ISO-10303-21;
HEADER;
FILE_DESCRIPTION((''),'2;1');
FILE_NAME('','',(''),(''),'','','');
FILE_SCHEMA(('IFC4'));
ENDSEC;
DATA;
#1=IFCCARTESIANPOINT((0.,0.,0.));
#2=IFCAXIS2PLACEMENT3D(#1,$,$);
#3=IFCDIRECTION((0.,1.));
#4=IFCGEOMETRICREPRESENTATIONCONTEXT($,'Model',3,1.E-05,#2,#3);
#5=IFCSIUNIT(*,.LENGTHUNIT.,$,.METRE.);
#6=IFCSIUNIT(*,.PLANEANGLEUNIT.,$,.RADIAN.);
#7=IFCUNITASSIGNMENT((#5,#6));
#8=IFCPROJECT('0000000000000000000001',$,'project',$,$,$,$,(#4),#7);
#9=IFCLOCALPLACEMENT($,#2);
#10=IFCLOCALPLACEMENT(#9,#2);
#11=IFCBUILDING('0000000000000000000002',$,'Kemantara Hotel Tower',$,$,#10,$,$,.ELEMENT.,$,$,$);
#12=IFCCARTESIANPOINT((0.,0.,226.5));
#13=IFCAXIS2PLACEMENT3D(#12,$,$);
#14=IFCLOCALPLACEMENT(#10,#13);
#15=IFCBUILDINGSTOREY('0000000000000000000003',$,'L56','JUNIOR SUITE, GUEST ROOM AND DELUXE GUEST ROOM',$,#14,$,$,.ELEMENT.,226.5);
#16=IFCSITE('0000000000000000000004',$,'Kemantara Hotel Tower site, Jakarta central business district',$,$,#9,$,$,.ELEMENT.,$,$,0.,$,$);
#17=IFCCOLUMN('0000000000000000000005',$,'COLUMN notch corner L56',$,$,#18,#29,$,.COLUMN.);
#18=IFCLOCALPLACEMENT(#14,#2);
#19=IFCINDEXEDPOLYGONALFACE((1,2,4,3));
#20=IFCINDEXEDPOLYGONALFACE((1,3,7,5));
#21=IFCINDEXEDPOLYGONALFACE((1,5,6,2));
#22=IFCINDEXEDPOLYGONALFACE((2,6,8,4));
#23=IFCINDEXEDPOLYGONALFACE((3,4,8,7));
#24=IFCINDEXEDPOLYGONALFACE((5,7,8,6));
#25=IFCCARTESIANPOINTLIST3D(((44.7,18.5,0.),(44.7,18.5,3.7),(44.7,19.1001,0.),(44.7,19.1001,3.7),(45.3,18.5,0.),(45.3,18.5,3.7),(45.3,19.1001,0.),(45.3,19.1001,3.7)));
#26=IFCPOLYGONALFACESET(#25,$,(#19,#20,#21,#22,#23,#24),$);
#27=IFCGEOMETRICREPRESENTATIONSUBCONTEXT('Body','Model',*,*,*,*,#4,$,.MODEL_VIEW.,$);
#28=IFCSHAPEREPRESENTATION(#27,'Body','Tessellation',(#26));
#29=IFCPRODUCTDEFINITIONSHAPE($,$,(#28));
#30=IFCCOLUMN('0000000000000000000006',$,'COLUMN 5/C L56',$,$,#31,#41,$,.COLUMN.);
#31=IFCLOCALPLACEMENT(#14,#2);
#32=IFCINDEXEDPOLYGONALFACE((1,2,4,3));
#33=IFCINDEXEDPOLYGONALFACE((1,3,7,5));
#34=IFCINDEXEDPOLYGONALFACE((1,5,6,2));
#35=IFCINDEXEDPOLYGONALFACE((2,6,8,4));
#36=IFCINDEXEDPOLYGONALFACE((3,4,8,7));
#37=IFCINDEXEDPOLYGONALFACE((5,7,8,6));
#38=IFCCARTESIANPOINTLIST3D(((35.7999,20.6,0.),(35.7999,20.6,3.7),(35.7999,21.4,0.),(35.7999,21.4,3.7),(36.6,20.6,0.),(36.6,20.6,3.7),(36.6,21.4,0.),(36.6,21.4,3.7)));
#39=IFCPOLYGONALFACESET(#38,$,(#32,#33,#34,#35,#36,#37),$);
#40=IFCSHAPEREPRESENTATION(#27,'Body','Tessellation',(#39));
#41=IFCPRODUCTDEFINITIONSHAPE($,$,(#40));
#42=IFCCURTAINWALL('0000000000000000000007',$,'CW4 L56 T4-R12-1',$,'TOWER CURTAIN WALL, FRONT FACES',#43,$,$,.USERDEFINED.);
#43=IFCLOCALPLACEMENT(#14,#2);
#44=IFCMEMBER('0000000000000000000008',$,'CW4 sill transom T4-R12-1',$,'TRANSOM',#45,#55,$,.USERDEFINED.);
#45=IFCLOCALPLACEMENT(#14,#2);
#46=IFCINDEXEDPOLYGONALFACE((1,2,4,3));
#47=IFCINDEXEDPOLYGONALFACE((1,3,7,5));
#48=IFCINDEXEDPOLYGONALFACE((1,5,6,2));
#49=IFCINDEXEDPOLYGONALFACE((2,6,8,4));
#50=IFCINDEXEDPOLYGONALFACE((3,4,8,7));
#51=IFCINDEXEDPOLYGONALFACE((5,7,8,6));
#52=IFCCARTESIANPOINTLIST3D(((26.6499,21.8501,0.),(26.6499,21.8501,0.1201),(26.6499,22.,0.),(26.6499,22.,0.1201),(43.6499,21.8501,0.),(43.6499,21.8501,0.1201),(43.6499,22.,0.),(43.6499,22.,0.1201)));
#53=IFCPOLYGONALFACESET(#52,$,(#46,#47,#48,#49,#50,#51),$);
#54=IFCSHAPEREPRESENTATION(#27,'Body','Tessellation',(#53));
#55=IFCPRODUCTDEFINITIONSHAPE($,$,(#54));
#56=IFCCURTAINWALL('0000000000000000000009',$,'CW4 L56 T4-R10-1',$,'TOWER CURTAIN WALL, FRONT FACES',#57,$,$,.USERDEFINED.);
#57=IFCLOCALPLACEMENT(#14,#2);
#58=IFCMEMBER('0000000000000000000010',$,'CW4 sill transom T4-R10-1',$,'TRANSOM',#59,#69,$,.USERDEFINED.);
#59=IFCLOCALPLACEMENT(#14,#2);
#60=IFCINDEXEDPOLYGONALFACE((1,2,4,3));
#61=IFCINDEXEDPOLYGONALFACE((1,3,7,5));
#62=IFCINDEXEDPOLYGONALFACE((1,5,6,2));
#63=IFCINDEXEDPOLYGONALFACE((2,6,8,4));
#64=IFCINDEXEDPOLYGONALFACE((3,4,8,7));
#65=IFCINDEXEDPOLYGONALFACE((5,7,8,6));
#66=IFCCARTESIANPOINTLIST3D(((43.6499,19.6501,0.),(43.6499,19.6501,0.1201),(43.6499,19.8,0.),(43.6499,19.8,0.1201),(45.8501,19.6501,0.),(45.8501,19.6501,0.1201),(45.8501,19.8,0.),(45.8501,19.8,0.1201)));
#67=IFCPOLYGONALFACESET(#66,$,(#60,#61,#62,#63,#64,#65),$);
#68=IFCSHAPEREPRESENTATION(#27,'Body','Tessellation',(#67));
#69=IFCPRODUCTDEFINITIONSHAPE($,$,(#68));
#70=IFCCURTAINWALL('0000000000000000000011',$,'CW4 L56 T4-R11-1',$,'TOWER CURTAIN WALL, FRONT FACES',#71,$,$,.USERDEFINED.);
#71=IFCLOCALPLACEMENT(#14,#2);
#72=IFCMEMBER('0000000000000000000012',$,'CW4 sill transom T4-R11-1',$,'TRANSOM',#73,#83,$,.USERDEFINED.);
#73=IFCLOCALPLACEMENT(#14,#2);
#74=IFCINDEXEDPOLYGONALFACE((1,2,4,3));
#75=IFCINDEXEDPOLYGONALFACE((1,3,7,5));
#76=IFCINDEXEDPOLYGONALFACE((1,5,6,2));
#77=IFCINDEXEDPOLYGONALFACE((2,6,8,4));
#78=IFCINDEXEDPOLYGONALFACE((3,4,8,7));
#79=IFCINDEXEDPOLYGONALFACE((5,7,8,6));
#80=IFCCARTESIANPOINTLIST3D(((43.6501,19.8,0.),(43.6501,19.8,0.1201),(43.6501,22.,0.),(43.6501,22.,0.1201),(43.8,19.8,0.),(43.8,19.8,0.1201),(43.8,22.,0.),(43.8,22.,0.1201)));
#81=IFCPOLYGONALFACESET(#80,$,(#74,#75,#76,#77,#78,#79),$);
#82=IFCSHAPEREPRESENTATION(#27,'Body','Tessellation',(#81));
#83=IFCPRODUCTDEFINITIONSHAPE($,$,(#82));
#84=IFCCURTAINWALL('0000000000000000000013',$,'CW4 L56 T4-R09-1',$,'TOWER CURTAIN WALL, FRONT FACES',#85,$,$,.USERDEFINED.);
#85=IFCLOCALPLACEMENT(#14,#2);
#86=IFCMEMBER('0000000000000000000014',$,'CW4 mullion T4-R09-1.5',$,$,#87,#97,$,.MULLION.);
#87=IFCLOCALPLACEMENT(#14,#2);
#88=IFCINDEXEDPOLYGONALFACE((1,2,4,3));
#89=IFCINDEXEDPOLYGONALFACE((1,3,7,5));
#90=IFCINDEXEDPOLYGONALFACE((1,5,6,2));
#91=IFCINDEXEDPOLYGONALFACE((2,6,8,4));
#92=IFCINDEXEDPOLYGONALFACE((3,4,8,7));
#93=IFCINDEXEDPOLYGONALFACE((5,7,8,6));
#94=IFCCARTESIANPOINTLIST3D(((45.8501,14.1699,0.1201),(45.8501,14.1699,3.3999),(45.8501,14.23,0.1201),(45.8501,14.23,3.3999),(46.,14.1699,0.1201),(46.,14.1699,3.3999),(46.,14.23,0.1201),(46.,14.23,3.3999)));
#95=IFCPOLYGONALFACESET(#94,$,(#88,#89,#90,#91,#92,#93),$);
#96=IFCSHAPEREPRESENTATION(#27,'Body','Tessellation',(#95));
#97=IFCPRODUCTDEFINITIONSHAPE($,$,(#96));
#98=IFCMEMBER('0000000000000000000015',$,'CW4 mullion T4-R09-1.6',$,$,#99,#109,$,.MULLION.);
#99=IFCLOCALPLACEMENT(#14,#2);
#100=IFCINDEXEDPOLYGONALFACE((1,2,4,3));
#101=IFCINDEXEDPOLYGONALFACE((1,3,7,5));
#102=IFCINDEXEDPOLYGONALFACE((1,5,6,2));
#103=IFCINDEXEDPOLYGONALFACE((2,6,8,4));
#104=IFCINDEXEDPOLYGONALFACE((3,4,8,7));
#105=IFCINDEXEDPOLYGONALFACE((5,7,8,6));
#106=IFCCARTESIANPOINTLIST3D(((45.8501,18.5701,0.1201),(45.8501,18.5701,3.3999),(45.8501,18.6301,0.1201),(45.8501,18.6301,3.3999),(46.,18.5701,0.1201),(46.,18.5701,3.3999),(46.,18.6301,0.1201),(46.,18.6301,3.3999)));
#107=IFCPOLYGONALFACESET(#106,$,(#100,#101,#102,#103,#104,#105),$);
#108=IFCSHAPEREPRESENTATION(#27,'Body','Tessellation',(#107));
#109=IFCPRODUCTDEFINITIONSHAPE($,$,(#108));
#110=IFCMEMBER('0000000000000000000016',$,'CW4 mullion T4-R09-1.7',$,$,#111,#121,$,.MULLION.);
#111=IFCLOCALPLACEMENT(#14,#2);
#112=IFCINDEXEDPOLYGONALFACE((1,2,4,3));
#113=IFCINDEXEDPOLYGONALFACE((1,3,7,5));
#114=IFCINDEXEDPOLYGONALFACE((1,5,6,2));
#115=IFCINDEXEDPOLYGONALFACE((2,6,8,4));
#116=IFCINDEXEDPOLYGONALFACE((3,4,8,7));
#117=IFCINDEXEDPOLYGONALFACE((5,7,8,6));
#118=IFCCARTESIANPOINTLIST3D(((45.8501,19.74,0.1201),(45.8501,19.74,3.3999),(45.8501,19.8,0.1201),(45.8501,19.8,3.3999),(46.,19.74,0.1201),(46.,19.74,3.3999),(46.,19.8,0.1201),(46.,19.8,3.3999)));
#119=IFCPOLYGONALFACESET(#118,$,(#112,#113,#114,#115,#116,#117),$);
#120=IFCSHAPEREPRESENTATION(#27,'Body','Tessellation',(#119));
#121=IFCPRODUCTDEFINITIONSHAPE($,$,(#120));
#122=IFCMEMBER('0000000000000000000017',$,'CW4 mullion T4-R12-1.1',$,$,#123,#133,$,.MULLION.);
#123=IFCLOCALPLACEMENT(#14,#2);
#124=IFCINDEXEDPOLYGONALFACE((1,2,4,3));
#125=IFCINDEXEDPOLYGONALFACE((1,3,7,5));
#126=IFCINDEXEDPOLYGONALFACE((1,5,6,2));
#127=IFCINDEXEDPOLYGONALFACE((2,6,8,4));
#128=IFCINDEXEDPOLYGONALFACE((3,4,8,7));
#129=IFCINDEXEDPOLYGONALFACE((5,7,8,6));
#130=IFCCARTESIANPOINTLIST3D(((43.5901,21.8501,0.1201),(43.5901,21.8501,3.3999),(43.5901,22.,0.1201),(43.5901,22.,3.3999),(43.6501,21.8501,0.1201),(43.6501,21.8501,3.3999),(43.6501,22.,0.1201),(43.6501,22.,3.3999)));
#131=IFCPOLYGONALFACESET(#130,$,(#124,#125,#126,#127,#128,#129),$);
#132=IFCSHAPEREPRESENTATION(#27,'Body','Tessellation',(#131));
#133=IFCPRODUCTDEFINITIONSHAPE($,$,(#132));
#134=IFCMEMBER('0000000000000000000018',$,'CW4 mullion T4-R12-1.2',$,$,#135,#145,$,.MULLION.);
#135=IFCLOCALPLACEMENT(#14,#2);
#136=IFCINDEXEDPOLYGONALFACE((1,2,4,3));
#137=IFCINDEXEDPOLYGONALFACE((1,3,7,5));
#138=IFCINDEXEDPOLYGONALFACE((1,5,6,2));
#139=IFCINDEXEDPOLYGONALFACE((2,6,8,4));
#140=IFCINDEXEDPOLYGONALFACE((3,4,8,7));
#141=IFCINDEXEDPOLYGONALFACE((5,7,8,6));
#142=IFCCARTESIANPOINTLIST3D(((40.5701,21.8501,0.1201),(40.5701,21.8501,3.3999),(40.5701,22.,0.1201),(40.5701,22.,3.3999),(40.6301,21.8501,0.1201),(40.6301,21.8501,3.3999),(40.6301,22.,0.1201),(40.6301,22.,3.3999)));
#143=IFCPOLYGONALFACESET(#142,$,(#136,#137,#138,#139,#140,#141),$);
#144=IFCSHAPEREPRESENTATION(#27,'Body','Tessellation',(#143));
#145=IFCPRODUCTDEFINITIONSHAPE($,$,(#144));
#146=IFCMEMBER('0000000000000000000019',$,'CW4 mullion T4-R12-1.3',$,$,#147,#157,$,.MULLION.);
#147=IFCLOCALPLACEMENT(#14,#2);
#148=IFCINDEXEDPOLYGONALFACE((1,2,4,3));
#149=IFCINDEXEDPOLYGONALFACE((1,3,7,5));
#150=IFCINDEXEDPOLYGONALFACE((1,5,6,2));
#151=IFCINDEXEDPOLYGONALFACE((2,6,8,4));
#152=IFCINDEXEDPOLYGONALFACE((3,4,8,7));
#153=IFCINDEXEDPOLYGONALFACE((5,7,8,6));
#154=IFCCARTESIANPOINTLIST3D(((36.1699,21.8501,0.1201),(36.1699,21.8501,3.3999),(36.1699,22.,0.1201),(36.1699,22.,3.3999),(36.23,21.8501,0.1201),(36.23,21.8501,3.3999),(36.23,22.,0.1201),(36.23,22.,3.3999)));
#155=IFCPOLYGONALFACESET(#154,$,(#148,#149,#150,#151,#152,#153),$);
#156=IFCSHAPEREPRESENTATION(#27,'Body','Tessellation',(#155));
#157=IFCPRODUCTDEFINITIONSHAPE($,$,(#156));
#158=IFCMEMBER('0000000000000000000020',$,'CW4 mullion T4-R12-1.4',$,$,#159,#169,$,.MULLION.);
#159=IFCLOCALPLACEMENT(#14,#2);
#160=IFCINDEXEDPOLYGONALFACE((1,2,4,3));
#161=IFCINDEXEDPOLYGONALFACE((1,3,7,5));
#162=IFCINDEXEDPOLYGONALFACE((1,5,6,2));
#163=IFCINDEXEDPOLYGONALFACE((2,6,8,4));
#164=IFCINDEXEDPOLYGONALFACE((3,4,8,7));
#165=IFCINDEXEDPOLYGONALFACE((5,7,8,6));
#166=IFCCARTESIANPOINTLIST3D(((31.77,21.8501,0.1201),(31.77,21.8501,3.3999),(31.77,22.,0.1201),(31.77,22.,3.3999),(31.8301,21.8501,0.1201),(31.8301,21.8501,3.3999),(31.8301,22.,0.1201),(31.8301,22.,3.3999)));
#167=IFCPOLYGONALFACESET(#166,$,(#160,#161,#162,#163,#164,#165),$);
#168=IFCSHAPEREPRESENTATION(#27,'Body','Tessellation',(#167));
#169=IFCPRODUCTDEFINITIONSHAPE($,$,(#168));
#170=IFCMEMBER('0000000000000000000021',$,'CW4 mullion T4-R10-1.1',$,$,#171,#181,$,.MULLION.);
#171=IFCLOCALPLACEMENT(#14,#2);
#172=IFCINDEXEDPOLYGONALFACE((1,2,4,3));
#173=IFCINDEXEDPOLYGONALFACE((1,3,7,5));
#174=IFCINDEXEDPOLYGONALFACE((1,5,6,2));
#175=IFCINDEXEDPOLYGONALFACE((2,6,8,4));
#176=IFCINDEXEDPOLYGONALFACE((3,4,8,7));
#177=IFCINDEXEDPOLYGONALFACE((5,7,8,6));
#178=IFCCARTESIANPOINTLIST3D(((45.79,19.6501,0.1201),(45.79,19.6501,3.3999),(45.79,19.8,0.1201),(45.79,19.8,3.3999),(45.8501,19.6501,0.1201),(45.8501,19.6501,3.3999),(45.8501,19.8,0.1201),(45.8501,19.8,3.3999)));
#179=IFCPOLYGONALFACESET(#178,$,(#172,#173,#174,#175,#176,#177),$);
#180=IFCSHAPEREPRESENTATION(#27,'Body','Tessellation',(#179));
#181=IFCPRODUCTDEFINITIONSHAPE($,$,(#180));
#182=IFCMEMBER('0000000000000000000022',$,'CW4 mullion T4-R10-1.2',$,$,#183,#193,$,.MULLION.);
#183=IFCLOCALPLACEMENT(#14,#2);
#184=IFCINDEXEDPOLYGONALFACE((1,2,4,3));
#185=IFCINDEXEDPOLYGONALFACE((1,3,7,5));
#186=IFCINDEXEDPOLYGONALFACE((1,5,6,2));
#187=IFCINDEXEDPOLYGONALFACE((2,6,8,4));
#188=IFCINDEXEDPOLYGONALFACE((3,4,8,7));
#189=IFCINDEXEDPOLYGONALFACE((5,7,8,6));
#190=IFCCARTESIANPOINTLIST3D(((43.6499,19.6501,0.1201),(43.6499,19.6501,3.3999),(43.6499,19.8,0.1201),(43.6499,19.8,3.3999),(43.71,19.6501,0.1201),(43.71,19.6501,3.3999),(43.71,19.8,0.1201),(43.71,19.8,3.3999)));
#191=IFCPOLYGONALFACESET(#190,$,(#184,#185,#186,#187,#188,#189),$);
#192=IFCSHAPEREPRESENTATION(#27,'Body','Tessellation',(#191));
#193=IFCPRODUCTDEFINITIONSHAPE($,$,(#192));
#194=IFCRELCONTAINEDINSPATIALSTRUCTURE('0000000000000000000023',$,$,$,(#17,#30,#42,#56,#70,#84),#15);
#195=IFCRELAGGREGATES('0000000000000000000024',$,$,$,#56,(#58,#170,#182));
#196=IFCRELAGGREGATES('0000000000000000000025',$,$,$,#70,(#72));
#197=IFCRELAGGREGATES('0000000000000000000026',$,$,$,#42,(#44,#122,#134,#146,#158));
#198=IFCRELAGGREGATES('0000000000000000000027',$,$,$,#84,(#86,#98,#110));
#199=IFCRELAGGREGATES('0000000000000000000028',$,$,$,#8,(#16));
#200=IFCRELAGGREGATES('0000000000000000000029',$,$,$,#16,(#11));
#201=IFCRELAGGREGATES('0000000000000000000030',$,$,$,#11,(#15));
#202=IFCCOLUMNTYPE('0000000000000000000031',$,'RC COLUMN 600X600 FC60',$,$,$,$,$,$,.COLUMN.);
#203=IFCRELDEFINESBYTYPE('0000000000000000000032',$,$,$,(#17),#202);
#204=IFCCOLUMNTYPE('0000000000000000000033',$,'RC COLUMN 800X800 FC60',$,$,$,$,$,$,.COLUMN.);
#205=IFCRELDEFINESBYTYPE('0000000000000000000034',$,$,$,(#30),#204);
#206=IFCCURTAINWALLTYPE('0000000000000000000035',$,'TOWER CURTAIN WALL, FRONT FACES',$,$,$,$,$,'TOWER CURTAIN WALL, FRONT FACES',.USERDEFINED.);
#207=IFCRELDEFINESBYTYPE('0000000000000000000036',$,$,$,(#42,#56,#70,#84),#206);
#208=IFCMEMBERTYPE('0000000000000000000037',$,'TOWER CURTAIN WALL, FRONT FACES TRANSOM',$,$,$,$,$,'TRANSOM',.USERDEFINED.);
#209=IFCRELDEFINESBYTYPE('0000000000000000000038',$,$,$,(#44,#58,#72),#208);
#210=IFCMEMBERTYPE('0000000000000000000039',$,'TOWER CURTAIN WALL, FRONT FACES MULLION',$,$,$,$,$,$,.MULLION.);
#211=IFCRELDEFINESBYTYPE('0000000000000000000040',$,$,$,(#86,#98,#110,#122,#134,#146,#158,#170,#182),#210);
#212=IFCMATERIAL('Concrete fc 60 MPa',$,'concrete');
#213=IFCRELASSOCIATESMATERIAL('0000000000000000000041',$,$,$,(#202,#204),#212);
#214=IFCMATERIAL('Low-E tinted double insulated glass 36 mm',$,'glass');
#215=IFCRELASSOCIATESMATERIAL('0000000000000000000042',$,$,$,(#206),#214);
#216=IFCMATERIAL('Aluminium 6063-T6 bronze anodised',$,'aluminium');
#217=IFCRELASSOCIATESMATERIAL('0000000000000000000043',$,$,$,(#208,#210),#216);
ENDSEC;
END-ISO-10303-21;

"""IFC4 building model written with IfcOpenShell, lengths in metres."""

from ifc_helpers import new_model, si_unit, direction, frame, origin, origin_2d, place, context, subcontext, project, spatial, rectangle, extrude, source, transform, mapped, material, material_profile, profile_set, type_object, element, aggregate, save


model = new_model("IFC4")

# Units and contexts
model_context = context("Model", 3, precision=1e-05, world=origin(), true_north=direction((0.0, 1.0)))
body_context = subcontext(model_context, "Body", "Model", "MODEL_VIEW")
ifc_project = project(units=[si_unit("LENGTHUNIT", "METRE"), si_unit("PLANEANGLEUNIT", "RADIAN")], contexts=[model_context])

# Site, building, storey
site_placement = place(None, origin())
site = spatial("IfcSite", under=ifc_project, at=site_placement, Name="Kemantara Hotel Tower site, Jakarta central business district", CompositionType="ELEMENT", RefElevation=0.0)
building_placement = place(site_placement, origin())
building = spatial("IfcBuilding", under=site, at=building_placement, Name="Kemantara Hotel Tower", CompositionType="ELEMENT")
storey_placement = place(building_placement, frame((0.0, 0.0, 226.5)))
storey = spatial("IfcBuildingStorey", under=building, at=storey_placement, Name="L56", Description="JUNIOR SUITE, GUEST ROOM AND DELUXE GUEST ROOM", CompositionType="ELEMENT", Elevation=226.5)

# Columns
ifc_material_1 = material(Name="Concrete fc 60 MPa", Category="concrete")
ifc_material_profile_1 = material_profile(ifc_material_1, rectangle(XDim=0.6001, YDim=0.6001, at=origin_2d()), Name="RC 600X600")
ifc_profile_set_1 = profile_set([ifc_material_profile_1], Name="Concrete fc 60 MPa")
column_type_1 = type_object("IfcColumnType", Name="RC COLUMN 600X600 FC60", PredefinedType="COLUMN", material=ifc_profile_set_1)
column_1_placement = place(storey_placement, frame((45.0, 18.8, 0.0), z_axis=(0.0, 0.0, 1.0), x_axis=(1.0, 0.0, 0.0)))
element("IfcColumn", 1, at=column_1_placement, inside=storey, type_object=column_type_1, Name="COLUMN notch corner L56", PredefinedType="COLUMN", context=body_context, shape_type="SweptSolid", body=[
    extrude(rectangle(XDim=0.6001, YDim=0.6001, at=origin_2d()), origin(), (0.0, 0.0, 1.0), 3.7),
])
ifc_material_profile_2 = material_profile(ifc_material_1, rectangle(XDim=0.8, YDim=0.8, at=origin_2d()), Name="RC 800X800")
ifc_profile_set_2 = profile_set([ifc_material_profile_2], Name="Concrete fc 60 MPa")
column_type_2 = type_object("IfcColumnType", Name="RC COLUMN 800X800 FC60", PredefinedType="COLUMN", material=ifc_profile_set_2)
column_2_placement = place(storey_placement, frame((36.2, 21.0, 0.0), z_axis=(0.0, 0.0, 1.0), x_axis=(1.0, 0.0, 0.0)))
element("IfcColumn", 2, at=column_2_placement, inside=storey, type_object=column_type_2, Name="COLUMN 5/C L56", PredefinedType="COLUMN", context=body_context, shape_type="SweptSolid", body=[
    extrude(rectangle(XDim=0.8, YDim=0.8, at=origin_2d()), origin(), (0.0, 0.0, 1.0), 3.7),
])

# Curtain walls, members
ifc_material_2 = material(Name="Low-E tinted double insulated glass 36 mm", Category="glass")
curtain_wall_type = type_object("IfcCurtainWallType", Name="TOWER CURTAIN WALL, FRONT FACES", ElementType="TOWER CURTAIN WALL, FRONT FACES", PredefinedType="USERDEFINED", material=ifc_material_2)
curtain_wall_1_placement = place(storey_placement, origin())
curtain_wall_1 = element("IfcCurtainWall", 3, at=curtain_wall_1_placement, inside=storey, type_object=curtain_wall_type, Name="CW4 L56 T4-R12-1", ObjectType="TOWER CURTAIN WALL, FRONT FACES", PredefinedType="USERDEFINED")
ifc_material_3 = material(Name="Aluminium 6063-T6 bronze anodised", Category="aluminium")
ifc_material_profile_3 = material_profile(ifc_material_3, rectangle(XDim=0.1499, YDim=0.1201, at=origin_2d()), Name="TOWER CURTAIN WALL, FRONT FACES TRANSOM")
ifc_profile_set_3 = profile_set([ifc_material_profile_3], Name="Aluminium 6063-T6 bronze anodised")
member_type_1 = type_object("IfcMemberType", Name="TOWER CURTAIN WALL, FRONT FACES TRANSOM", ElementType="TRANSOM", PredefinedType="USERDEFINED", material=ifc_profile_set_3)
member_1_placement = place(storey_placement, frame((43.6499, 21.925, 0.0601), z_axis=(-1.0, 0.0, 0.0), x_axis=(0.0, -1.0, 0.0)))
member_1 = element("IfcMember", 4, at=member_1_placement, type_object=member_type_1, Name="CW4 sill transom T4-R12-1", ObjectType="TRANSOM", PredefinedType="USERDEFINED", context=body_context, shape_type="SweptSolid", body=[
    extrude(rectangle(XDim=0.1499, YDim=0.1201, at=origin_2d()), origin(), (0.0, 0.0, 1.0), 17.0),
])
curtain_wall_2_placement = place(storey_placement, origin())
curtain_wall_2 = element("IfcCurtainWall", 5, at=curtain_wall_2_placement, inside=storey, type_object=curtain_wall_type, Name="CW4 L56 T4-R10-1", ObjectType="TOWER CURTAIN WALL, FRONT FACES", PredefinedType="USERDEFINED")
member_2_placement = place(storey_placement, frame((45.8501, 19.7251, 0.0601), z_axis=(-1.0, 0.0, 0.0), x_axis=(0.0, -1.0, 0.0)))
member_2 = element("IfcMember", 6, at=member_2_placement, type_object=member_type_1, Name="CW4 sill transom T4-R10-1", ObjectType="TRANSOM", PredefinedType="USERDEFINED", context=body_context, shape_type="SweptSolid", body=[
    extrude(rectangle(XDim=0.1499, YDim=0.1201, at=origin_2d()), origin(), (0.0, 0.0, 1.0), 2.2002),
])
curtain_wall_3_placement = place(storey_placement, origin())
curtain_wall_3 = element("IfcCurtainWall", 7, at=curtain_wall_3_placement, inside=storey, type_object=curtain_wall_type, Name="CW4 L56 T4-R11-1", ObjectType="TOWER CURTAIN WALL, FRONT FACES", PredefinedType="USERDEFINED")
member_3_placement = place(storey_placement, frame((43.7251, 19.8, 0.0601), z_axis=(0.0, 1.0, 0.0), x_axis=(-1.0, 0.0, 0.0)))
member_3 = element("IfcMember", 8, at=member_3_placement, type_object=member_type_1, Name="CW4 sill transom T4-R11-1", ObjectType="TRANSOM", PredefinedType="USERDEFINED", context=body_context, shape_type="SweptSolid", body=[
    extrude(rectangle(XDim=0.1499, YDim=0.1201, at=origin_2d()), origin(), (0.0, 0.0, 1.0), 2.2),
])

# Curtain wall, members
curtain_wall_4_placement = place(storey_placement, origin())
curtain_wall_4 = element("IfcCurtainWall", 9, at=curtain_wall_4_placement, inside=storey, type_object=curtain_wall_type, Name="CW4 L56 T4-R09-1", ObjectType="TOWER CURTAIN WALL, FRONT FACES", PredefinedType="USERDEFINED")
ifc_material_profile_4 = material_profile(ifc_material_3, rectangle(XDim=0.1499, YDim=0.0601, at=origin_2d()), Name="TOWER CURTAIN WALL, FRONT FACES MULLION")
ifc_profile_set_4 = profile_set([ifc_material_profile_4], Name="Aluminium 6063-T6 bronze anodised")
member_type_2 = type_object("IfcMemberType", Name="TOWER CURTAIN WALL, FRONT FACES MULLION", PredefinedType="MULLION", material=ifc_profile_set_4)
shared_shape_1 = source(origin(), body_context, "Body", "SweptSolid", [
    extrude(rectangle(XDim=0.1499, YDim=0.0601, at=origin_2d()), origin(), (0.0, 0.0, 1.0), 3.2798),
])
member_4_placement = place(storey_placement, frame((45.925, 14.2, 0.1201), z_axis=(0.0, 0.0, 1.0), x_axis=(-1.0, 0.0, 0.0)))
member_4 = element("IfcMember", 10, at=member_4_placement, type_object=member_type_2, Name="CW4 mullion T4-R09-1.5", PredefinedType="MULLION", context=body_context, shape_type="MappedRepresentation", body=[
    mapped(shared_shape_1, transform((0.0, 0.0, 0.0))),
])
member_5_placement = place(storey_placement, frame((45.925, 18.6001, 0.1201), z_axis=(0.0, 0.0, 1.0), x_axis=(-1.0, 0.0, 0.0)))
member_5 = element("IfcMember", 11, at=member_5_placement, type_object=member_type_2, Name="CW4 mullion T4-R09-1.6", PredefinedType="MULLION", context=body_context, shape_type="MappedRepresentation", body=[
    mapped(shared_shape_1, transform((0.0, 0.0, 0.0))),
])
member_6_placement = place(storey_placement, frame((45.925, 19.77, 0.1201), z_axis=(0.0, 0.0, 1.0), x_axis=(-1.0, 0.0, 0.0)))
member_6 = element("IfcMember", 12, at=member_6_placement, type_object=member_type_2, Name="CW4 mullion T4-R09-1.7", PredefinedType="MULLION", context=body_context, shape_type="MappedRepresentation", body=[
    mapped(shared_shape_1, transform((0.0, 0.0, 0.0))),
])

# Members
member_7_placement = place(storey_placement, frame((43.6201, 21.925, 0.1201), z_axis=(0.0, 0.0, 1.0), x_axis=(0.0, -1.0, 0.0)))
member_7 = element("IfcMember", 13, at=member_7_placement, type_object=member_type_2, Name="CW4 mullion T4-R12-1.1", PredefinedType="MULLION", context=body_context, shape_type="MappedRepresentation", body=[
    mapped(shared_shape_1, transform((0.0, 0.0, 0.0))),
])
member_8_placement = place(storey_placement, frame((40.6001, 21.925, 0.1201), z_axis=(0.0, 0.0, 1.0), x_axis=(0.0, -1.0, 0.0)))
member_8 = element("IfcMember", 14, at=member_8_placement, type_object=member_type_2, Name="CW4 mullion T4-R12-1.2", PredefinedType="MULLION", context=body_context, shape_type="MappedRepresentation", body=[
    mapped(shared_shape_1, transform((0.0, 0.0, 0.0))),
])
member_9_placement = place(storey_placement, frame((36.2, 21.925, 0.1201), z_axis=(0.0, 0.0, 1.0), x_axis=(0.0, -1.0, 0.0)))
member_9 = element("IfcMember", 15, at=member_9_placement, type_object=member_type_2, Name="CW4 mullion T4-R12-1.3", PredefinedType="MULLION", context=body_context, shape_type="MappedRepresentation", body=[
    mapped(shared_shape_1, transform((0.0, 0.0, 0.0))),
])
member_10_placement = place(storey_placement, frame((31.8, 21.925, 0.1201), z_axis=(0.0, 0.0, 1.0), x_axis=(0.0, -1.0, 0.0)))
member_10 = element("IfcMember", 16, at=member_10_placement, type_object=member_type_2, Name="CW4 mullion T4-R12-1.4", PredefinedType="MULLION", context=body_context, shape_type="MappedRepresentation", body=[
    mapped(shared_shape_1, transform((0.0, 0.0, 0.0))),
])
member_11_placement = place(storey_placement, frame((45.8201, 19.7251, 0.1201), z_axis=(0.0, 0.0, 1.0), x_axis=(0.0, -1.0, 0.0)))
member_11 = element("IfcMember", 17, at=member_11_placement, type_object=member_type_2, Name="CW4 mullion T4-R10-1.1", PredefinedType="MULLION", context=body_context, shape_type="MappedRepresentation", body=[
    mapped(shared_shape_1, transform((0.0, 0.0, 0.0))),
])
member_12_placement = place(storey_placement, frame((43.6799, 19.7251, 0.1201), z_axis=(0.0, 0.0, 1.0), x_axis=(0.0, -1.0, 0.0)))
member_12 = element("IfcMember", 18, at=member_12_placement, type_object=member_type_2, Name="CW4 mullion T4-R10-1.2", PredefinedType="MULLION", context=body_context, shape_type="MappedRepresentation", body=[
    mapped(shared_shape_1, transform((0.0, 0.0, 0.0))),
])

aggregate(curtain_wall_2, [member_2, member_11, member_12])
aggregate(curtain_wall_3, [member_3])
aggregate(curtain_wall_1, [member_1, member_7, member_8, member_9, member_10])
aggregate(curtain_wall_4, [member_4, member_5, member_6])

save(model, "model.ifc")
